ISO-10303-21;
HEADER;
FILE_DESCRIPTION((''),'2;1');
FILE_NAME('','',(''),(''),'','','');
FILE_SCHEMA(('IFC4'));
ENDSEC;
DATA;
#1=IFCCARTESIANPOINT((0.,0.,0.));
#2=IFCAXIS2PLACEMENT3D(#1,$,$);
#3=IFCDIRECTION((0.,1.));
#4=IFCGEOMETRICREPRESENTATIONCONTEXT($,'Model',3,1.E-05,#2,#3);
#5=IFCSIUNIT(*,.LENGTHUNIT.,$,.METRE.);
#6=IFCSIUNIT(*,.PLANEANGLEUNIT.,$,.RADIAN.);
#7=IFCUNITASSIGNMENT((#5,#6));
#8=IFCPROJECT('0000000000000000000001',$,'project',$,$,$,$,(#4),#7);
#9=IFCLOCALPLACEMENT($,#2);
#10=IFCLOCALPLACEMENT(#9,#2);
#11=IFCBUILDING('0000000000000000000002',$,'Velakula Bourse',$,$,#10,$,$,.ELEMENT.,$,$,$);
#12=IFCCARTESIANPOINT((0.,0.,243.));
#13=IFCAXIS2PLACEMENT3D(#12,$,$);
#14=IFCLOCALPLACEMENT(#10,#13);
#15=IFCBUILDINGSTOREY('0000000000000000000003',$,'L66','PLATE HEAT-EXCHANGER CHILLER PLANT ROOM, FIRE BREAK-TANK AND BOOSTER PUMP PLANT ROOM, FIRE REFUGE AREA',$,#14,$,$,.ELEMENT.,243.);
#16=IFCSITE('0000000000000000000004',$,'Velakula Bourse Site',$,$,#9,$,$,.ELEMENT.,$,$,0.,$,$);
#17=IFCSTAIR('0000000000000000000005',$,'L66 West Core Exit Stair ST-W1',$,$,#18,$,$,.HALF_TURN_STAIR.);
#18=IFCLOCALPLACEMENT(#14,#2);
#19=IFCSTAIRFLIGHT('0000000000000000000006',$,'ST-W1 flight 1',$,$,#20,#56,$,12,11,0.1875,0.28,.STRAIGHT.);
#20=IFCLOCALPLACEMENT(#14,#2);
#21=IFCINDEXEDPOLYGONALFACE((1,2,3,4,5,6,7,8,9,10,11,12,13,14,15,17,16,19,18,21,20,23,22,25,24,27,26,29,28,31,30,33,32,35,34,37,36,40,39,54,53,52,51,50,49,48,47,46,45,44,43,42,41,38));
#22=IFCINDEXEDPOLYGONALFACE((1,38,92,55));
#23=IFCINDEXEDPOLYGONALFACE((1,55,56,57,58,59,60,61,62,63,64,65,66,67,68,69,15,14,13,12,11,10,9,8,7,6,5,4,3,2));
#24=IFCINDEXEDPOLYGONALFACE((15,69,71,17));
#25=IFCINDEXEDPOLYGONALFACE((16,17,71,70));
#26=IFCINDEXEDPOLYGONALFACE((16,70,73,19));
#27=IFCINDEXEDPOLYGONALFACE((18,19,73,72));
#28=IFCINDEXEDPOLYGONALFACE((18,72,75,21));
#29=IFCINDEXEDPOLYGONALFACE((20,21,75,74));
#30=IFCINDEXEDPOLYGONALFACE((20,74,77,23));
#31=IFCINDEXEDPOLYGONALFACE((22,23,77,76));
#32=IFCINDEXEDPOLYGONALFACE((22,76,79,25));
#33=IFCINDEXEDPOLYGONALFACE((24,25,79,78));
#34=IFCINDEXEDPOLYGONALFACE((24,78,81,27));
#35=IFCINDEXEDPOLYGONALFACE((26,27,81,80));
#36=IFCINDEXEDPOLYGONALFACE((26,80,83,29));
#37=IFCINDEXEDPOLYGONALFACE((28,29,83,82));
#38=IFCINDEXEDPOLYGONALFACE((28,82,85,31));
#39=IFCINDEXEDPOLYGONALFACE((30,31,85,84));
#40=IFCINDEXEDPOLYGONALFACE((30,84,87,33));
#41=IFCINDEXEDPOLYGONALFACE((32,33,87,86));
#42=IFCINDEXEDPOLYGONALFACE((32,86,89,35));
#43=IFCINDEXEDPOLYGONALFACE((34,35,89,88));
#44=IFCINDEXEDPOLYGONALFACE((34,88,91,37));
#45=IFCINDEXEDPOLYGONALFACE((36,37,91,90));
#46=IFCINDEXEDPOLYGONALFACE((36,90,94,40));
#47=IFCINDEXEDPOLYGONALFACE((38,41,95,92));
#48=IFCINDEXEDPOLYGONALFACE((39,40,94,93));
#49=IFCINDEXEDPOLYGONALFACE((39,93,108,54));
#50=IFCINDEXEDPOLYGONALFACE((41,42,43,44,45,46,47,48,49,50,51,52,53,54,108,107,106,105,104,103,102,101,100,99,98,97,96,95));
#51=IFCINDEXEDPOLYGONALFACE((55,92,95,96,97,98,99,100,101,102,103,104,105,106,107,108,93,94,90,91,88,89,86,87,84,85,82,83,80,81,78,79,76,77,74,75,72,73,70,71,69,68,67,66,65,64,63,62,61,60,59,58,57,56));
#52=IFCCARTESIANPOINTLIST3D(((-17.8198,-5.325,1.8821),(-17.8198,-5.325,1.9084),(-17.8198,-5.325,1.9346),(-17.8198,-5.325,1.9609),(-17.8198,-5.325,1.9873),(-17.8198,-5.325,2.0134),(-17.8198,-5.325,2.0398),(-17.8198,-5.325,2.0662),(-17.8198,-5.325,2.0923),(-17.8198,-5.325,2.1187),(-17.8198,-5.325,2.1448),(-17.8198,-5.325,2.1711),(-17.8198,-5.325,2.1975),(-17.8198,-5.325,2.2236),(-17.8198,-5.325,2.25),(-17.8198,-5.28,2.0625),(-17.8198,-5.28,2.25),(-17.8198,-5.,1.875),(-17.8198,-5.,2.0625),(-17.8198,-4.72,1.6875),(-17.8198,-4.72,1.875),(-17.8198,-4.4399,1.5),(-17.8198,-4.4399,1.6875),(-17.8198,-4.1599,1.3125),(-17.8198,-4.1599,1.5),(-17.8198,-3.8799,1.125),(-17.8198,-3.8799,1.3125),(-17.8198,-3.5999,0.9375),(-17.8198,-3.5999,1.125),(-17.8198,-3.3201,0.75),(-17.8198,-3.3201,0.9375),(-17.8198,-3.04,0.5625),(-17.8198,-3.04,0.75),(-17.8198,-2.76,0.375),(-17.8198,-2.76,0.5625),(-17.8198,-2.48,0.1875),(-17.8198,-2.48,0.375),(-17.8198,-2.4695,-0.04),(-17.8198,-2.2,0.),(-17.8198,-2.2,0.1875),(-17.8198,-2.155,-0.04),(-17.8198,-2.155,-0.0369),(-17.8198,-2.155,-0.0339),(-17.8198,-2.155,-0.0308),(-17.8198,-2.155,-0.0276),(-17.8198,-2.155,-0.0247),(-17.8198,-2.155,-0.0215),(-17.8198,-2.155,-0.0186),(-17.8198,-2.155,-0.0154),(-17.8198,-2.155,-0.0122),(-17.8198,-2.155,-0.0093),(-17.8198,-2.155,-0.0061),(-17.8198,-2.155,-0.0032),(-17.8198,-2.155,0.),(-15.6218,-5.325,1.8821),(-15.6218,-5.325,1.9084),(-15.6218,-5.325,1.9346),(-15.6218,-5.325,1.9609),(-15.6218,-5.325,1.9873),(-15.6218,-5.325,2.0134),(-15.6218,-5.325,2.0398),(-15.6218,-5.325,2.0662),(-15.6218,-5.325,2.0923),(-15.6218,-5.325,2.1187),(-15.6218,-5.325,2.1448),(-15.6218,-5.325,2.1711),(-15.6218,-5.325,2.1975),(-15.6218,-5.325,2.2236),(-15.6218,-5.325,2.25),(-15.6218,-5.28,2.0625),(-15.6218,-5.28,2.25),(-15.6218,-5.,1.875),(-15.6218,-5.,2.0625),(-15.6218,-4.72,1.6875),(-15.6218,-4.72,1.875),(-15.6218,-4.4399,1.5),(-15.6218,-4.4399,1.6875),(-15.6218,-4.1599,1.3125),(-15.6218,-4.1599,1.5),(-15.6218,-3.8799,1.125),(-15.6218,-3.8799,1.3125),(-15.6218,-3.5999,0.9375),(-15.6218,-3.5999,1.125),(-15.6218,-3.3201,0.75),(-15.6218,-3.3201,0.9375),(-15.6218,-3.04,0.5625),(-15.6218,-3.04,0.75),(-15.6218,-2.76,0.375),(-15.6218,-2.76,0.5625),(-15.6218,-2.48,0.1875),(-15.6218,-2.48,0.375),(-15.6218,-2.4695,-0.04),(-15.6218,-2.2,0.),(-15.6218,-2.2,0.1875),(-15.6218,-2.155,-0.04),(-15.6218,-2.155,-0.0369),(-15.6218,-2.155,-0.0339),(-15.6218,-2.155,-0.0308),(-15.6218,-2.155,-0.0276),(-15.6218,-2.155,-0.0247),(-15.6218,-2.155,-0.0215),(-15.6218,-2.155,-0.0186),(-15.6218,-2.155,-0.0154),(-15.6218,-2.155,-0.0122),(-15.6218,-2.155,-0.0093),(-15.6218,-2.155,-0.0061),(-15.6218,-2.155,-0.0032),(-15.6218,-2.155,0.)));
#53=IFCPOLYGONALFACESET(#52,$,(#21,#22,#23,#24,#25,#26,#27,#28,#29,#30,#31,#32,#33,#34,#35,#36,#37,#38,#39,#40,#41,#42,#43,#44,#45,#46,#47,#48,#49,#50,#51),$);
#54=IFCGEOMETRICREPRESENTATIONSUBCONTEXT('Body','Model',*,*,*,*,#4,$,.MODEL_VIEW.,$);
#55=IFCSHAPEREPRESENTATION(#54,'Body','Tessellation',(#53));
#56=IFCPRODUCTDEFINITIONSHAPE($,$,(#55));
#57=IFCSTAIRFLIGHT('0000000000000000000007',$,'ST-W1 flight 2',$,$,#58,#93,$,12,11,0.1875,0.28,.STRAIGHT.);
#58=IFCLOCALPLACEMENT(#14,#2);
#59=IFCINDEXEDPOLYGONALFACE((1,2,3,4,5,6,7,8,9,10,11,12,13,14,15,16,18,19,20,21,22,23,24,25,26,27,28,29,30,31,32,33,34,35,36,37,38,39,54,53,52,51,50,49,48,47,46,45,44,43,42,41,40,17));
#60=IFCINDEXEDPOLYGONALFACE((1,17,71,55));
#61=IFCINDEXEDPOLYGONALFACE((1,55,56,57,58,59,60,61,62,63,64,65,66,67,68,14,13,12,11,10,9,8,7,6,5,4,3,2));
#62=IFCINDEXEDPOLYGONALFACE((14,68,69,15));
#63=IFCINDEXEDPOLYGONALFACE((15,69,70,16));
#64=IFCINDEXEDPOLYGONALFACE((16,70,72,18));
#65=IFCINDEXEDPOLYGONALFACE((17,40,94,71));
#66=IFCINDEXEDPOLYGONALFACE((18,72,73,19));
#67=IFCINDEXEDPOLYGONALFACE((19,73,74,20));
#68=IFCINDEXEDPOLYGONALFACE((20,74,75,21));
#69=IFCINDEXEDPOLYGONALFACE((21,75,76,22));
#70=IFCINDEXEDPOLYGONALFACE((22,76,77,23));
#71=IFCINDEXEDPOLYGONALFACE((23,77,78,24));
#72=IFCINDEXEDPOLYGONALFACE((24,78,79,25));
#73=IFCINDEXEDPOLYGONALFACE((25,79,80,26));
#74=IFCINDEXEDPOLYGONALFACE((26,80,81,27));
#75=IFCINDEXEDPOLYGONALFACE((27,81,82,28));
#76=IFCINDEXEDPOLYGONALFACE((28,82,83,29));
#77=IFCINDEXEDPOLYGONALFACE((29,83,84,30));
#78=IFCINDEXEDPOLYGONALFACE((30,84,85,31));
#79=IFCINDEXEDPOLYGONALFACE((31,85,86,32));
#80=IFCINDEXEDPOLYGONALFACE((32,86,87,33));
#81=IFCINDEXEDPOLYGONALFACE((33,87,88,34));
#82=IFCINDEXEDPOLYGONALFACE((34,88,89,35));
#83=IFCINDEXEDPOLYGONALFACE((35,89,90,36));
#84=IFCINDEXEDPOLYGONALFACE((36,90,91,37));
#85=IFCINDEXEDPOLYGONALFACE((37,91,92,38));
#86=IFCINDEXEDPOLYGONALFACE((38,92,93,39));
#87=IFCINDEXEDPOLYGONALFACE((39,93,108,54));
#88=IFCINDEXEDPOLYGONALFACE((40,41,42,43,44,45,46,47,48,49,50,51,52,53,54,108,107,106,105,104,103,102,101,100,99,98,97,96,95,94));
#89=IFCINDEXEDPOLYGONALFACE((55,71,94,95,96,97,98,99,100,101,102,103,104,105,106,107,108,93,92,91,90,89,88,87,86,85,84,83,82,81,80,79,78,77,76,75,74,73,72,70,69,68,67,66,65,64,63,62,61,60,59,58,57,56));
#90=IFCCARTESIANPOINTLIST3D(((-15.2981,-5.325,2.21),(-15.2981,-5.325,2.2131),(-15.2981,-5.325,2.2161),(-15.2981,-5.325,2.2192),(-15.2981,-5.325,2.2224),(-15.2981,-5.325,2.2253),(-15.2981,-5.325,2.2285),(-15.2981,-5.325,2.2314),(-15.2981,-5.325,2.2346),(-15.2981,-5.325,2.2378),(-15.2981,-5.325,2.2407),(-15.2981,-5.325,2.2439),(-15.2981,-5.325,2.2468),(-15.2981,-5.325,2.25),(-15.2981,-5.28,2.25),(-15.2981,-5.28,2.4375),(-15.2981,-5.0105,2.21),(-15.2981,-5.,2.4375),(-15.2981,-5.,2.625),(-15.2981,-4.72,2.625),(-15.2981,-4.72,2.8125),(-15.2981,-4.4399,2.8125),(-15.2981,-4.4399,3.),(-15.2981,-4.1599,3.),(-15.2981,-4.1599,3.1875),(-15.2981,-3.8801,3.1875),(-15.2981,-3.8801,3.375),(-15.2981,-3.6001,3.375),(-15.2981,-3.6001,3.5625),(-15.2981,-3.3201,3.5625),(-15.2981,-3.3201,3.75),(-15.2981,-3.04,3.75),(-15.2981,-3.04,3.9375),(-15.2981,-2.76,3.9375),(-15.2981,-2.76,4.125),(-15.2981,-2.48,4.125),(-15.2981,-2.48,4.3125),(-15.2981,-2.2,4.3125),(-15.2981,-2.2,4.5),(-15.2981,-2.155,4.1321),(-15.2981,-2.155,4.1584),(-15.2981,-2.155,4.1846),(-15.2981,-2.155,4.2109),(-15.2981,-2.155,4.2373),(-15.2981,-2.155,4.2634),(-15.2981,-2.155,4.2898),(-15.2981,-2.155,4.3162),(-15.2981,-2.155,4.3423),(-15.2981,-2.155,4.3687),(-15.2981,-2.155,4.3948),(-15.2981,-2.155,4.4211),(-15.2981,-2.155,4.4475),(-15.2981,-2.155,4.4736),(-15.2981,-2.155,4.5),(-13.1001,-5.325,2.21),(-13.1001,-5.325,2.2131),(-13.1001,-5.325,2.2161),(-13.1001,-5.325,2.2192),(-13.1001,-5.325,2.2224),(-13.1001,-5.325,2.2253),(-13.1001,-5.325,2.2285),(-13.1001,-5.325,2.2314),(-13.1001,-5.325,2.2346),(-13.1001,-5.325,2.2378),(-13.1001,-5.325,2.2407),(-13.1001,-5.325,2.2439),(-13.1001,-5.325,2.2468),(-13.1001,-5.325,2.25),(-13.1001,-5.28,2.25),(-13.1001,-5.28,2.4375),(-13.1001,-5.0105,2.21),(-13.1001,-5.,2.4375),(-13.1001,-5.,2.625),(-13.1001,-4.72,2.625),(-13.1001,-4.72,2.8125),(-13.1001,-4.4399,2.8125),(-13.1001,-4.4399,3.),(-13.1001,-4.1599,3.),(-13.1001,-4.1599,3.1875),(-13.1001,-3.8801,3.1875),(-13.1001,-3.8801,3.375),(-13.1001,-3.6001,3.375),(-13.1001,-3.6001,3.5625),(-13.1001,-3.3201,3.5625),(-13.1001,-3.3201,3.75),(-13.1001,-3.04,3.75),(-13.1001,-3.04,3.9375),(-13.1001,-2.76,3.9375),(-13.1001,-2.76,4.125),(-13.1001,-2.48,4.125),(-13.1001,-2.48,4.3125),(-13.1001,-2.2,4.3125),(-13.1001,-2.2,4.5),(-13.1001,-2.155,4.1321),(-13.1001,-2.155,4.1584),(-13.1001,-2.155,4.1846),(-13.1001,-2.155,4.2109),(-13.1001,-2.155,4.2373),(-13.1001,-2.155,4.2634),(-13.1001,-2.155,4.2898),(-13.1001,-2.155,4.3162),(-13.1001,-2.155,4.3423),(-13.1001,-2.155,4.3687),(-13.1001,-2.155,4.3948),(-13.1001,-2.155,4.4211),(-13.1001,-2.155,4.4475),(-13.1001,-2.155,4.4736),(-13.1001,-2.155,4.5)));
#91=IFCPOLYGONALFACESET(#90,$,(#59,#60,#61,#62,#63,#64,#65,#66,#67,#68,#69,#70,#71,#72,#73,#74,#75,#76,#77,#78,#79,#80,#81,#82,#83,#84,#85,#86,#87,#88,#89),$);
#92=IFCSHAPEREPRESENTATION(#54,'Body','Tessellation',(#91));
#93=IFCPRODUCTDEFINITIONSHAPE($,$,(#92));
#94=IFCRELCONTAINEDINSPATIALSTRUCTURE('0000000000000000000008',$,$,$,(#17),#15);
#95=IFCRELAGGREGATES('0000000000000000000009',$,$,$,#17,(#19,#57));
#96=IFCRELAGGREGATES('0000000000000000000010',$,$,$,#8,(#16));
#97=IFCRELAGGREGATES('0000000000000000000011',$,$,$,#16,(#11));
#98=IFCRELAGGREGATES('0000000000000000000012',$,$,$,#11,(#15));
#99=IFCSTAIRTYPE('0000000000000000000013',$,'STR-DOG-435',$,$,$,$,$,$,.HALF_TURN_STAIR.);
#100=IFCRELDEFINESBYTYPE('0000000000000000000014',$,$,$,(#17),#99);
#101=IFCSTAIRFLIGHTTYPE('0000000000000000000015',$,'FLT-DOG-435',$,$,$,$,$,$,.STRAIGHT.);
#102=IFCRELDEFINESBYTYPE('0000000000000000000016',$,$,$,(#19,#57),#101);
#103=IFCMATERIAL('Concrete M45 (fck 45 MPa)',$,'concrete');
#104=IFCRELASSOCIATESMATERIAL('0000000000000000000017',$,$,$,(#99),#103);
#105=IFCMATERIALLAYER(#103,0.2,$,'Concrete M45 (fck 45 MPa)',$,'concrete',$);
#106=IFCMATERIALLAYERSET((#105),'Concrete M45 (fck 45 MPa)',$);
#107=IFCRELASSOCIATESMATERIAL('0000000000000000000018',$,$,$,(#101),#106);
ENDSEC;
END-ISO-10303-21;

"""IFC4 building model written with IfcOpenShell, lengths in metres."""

from ifc_helpers import new_model, si_unit, direction, frame, origin, place, context, subcontext, project, spatial, polyline, outline, extrude, material, layer, layer_set, type_object, element, aggregate, save


model = new_model("IFC4")

# Units and contexts
model_context = context("Model", 3, precision=1e-05, world=origin(), true_north=direction((0.0, 1.0)))
body_context = subcontext(model_context, "Body", "Model", "MODEL_VIEW")
ifc_project = project(units=[si_unit("LENGTHUNIT", "METRE"), si_unit("PLANEANGLEUNIT", "RADIAN")], contexts=[model_context])

# Site, building, storey
site_placement = place(None, origin())
site = spatial("IfcSite", under=ifc_project, at=site_placement, Name="Velakula Bourse Site", CompositionType="ELEMENT", RefElevation=0.0)
building_placement = place(site_placement, origin())
building = spatial("IfcBuilding", under=site, at=building_placement, Name="Velakula Bourse", CompositionType="ELEMENT")
storey_placement = place(building_placement, frame((0.0, 0.0, 243.0)))
storey = spatial("IfcBuildingStorey", under=building, at=storey_placement, Name="L66", Description="PLATE HEAT-EXCHANGER CHILLER PLANT ROOM, FIRE BREAK-TANK AND BOOSTER PUMP PLANT ROOM, FIRE REFUGE AREA", CompositionType="ELEMENT", Elevation=243.0)

# Stair, stair flights
ifc_material_1 = material(Name="Concrete M45 (fck 45 MPa)", Category="concrete")
stair_type = type_object("IfcStairType", Name="STR-DOG-435", PredefinedType="HALF_TURN_STAIR", material=ifc_material_1)
stair_placement = place(storey_placement, origin())
stair = element("IfcStair", 1, at=stair_placement, inside=storey, type_object=stair_type, Name="L66 West Core Exit Stair ST-W1", PredefinedType="HALF_TURN_STAIR")
ifc_layer_1 = layer(ifc_material_1, 0.2, Name="Concrete M45 (fck 45 MPa)", Category="concrete")
ifc_layer_set_1 = layer_set([ifc_layer_1], Name="Concrete M45 (fck 45 MPa)")
stair_flight_type = type_object("IfcStairFlightType", Name="FLT-DOG-435", PredefinedType="STRAIGHT", material=ifc_layer_set_1)
stair_flight_1_placement = place(storey_placement, frame((-16.7209, -2.2, 0.0), z_axis=(0.0, 0.0, 1.0), x_axis=(0.0, -1.0, 0.0)))
stair_flight_1 = element("IfcStairFlight", 2, at=stair_flight_1_placement, type_object=stair_flight_type, Name="ST-W1 flight 1", NumberOfRisers=12, NumberOfTreads=11, PredefinedType="STRAIGHT", RiserHeight=0.1875, TreadLength=0.28, context=body_context, shape_type="SweptSolid", body=[
    extrude(outline(polyline([(-0.0449, -0.04), (-0.0449, -0.0369), (-0.0449, -0.0339), (-0.0449, -0.0308), (-0.0449, -0.0276), (-0.0449, -0.0247), (-0.0449, -0.0215), (-0.0449, -0.0186), (-0.0449, -0.0154), (-0.0449, -0.0122), (-0.0449, -0.0093), (-0.0449, -0.0061), (-0.0449, -0.0032), (-0.0449, 0.0), (0.0, 0.0), (0.0, 0.1875), (0.28, 0.1875), (0.28, 0.375), (0.5601, 0.375), (0.5601, 0.5625), (0.8401, 0.5625), (0.8401, 0.75), (1.1201, 0.75), (1.1201, 0.9375), (1.3999, 0.9375), (1.3999, 1.125), (1.6799, 1.125), (1.6799, 1.3125), (1.96, 1.3125), (1.96, 1.5), (2.24, 1.5), (2.24, 1.6875), (2.52, 1.6875), (2.52, 1.875), (2.8, 1.875), (2.8, 2.0625), (3.0801, 2.0625), (3.0801, 2.25), (3.125, 2.25), (3.125, 2.2236), (3.125, 2.1975), (3.125, 2.1711), (3.125, 2.1448), (3.125, 2.1187), (3.125, 2.0923), (3.125, 2.0662), (3.125, 2.0398), (3.125, 2.0134), (3.125, 1.9873), (3.125, 1.9609), (3.125, 1.9346), (3.125, 1.9084), (3.125, 1.8821), (0.2695, -0.04), (-0.0449, -0.04)])), frame((0.0, 1.0991, 0.0), z_axis=(0.0, -1.0, 0.0), x_axis=(1.0, 0.0, 0.0)), (0.0, 0.0, 1.0), 2.198),
])
stair_flight_2_placement = place(storey_placement, frame((-14.199, -5.28, 2.25), z_axis=(0.0, 0.0, 1.0), x_axis=(0.0, 1.0, 0.0)))
stair_flight_2 = element("IfcStairFlight", 3, at=stair_flight_2_placement, type_object=stair_flight_type, Name="ST-W1 flight 2", NumberOfRisers=12, NumberOfTreads=11, PredefinedType="STRAIGHT", RiserHeight=0.1875, TreadLength=0.28, context=body_context, shape_type="SweptSolid", body=[
    extrude(outline(polyline([(-0.0449, -0.04), (-0.0449, -0.0369), (-0.0449, -0.0339), (-0.0449, -0.0308), (-0.0449, -0.0276), (-0.0449, -0.0247), (-0.0449, -0.0215), (-0.0449, -0.0186), (-0.0449, -0.0154), (-0.0449, -0.0122), (-0.0449, -0.0093), (-0.0449, -0.0061), (-0.0449, -0.0032), (-0.0449, 0.0), (0.0, 0.0), (0.0, 0.1875), (0.28, 0.1875), (0.28, 0.375), (0.5601, 0.375), (0.5601, 0.5625), (0.8401, 0.5625), (0.8401, 0.75), (1.1201, 0.75), (1.1201, 0.9375), (1.3999, 0.9375), (1.3999, 1.125), (1.6799, 1.125), (1.6799, 1.3125), (1.96, 1.3125), (1.96, 1.5), (2.24, 1.5), (2.24, 1.6875), (2.52, 1.6875), (2.52, 1.875), (2.8, 1.875), (2.8, 2.0625), (3.0801, 2.0625), (3.0801, 2.25), (3.125, 2.25), (3.125, 2.2236), (3.125, 2.1975), (3.125, 2.1711), (3.125, 2.1448), (3.125, 2.1187), (3.125, 2.0923), (3.125, 2.0662), (3.125, 2.0398), (3.125, 2.0134), (3.125, 1.9873), (3.125, 1.9609), (3.125, 1.9346), (3.125, 1.9084), (3.125, 1.8821), (0.2695, -0.04), (-0.0449, -0.04)])), frame((0.0, 1.0991, 0.0), z_axis=(0.0, -1.0, 0.0), x_axis=(1.0, 0.0, 0.0)), (0.0, 0.0, 1.0), 2.198),
])
aggregate(stair, [stair_flight_1, stair_flight_2])

save(model, "model.ifc")
